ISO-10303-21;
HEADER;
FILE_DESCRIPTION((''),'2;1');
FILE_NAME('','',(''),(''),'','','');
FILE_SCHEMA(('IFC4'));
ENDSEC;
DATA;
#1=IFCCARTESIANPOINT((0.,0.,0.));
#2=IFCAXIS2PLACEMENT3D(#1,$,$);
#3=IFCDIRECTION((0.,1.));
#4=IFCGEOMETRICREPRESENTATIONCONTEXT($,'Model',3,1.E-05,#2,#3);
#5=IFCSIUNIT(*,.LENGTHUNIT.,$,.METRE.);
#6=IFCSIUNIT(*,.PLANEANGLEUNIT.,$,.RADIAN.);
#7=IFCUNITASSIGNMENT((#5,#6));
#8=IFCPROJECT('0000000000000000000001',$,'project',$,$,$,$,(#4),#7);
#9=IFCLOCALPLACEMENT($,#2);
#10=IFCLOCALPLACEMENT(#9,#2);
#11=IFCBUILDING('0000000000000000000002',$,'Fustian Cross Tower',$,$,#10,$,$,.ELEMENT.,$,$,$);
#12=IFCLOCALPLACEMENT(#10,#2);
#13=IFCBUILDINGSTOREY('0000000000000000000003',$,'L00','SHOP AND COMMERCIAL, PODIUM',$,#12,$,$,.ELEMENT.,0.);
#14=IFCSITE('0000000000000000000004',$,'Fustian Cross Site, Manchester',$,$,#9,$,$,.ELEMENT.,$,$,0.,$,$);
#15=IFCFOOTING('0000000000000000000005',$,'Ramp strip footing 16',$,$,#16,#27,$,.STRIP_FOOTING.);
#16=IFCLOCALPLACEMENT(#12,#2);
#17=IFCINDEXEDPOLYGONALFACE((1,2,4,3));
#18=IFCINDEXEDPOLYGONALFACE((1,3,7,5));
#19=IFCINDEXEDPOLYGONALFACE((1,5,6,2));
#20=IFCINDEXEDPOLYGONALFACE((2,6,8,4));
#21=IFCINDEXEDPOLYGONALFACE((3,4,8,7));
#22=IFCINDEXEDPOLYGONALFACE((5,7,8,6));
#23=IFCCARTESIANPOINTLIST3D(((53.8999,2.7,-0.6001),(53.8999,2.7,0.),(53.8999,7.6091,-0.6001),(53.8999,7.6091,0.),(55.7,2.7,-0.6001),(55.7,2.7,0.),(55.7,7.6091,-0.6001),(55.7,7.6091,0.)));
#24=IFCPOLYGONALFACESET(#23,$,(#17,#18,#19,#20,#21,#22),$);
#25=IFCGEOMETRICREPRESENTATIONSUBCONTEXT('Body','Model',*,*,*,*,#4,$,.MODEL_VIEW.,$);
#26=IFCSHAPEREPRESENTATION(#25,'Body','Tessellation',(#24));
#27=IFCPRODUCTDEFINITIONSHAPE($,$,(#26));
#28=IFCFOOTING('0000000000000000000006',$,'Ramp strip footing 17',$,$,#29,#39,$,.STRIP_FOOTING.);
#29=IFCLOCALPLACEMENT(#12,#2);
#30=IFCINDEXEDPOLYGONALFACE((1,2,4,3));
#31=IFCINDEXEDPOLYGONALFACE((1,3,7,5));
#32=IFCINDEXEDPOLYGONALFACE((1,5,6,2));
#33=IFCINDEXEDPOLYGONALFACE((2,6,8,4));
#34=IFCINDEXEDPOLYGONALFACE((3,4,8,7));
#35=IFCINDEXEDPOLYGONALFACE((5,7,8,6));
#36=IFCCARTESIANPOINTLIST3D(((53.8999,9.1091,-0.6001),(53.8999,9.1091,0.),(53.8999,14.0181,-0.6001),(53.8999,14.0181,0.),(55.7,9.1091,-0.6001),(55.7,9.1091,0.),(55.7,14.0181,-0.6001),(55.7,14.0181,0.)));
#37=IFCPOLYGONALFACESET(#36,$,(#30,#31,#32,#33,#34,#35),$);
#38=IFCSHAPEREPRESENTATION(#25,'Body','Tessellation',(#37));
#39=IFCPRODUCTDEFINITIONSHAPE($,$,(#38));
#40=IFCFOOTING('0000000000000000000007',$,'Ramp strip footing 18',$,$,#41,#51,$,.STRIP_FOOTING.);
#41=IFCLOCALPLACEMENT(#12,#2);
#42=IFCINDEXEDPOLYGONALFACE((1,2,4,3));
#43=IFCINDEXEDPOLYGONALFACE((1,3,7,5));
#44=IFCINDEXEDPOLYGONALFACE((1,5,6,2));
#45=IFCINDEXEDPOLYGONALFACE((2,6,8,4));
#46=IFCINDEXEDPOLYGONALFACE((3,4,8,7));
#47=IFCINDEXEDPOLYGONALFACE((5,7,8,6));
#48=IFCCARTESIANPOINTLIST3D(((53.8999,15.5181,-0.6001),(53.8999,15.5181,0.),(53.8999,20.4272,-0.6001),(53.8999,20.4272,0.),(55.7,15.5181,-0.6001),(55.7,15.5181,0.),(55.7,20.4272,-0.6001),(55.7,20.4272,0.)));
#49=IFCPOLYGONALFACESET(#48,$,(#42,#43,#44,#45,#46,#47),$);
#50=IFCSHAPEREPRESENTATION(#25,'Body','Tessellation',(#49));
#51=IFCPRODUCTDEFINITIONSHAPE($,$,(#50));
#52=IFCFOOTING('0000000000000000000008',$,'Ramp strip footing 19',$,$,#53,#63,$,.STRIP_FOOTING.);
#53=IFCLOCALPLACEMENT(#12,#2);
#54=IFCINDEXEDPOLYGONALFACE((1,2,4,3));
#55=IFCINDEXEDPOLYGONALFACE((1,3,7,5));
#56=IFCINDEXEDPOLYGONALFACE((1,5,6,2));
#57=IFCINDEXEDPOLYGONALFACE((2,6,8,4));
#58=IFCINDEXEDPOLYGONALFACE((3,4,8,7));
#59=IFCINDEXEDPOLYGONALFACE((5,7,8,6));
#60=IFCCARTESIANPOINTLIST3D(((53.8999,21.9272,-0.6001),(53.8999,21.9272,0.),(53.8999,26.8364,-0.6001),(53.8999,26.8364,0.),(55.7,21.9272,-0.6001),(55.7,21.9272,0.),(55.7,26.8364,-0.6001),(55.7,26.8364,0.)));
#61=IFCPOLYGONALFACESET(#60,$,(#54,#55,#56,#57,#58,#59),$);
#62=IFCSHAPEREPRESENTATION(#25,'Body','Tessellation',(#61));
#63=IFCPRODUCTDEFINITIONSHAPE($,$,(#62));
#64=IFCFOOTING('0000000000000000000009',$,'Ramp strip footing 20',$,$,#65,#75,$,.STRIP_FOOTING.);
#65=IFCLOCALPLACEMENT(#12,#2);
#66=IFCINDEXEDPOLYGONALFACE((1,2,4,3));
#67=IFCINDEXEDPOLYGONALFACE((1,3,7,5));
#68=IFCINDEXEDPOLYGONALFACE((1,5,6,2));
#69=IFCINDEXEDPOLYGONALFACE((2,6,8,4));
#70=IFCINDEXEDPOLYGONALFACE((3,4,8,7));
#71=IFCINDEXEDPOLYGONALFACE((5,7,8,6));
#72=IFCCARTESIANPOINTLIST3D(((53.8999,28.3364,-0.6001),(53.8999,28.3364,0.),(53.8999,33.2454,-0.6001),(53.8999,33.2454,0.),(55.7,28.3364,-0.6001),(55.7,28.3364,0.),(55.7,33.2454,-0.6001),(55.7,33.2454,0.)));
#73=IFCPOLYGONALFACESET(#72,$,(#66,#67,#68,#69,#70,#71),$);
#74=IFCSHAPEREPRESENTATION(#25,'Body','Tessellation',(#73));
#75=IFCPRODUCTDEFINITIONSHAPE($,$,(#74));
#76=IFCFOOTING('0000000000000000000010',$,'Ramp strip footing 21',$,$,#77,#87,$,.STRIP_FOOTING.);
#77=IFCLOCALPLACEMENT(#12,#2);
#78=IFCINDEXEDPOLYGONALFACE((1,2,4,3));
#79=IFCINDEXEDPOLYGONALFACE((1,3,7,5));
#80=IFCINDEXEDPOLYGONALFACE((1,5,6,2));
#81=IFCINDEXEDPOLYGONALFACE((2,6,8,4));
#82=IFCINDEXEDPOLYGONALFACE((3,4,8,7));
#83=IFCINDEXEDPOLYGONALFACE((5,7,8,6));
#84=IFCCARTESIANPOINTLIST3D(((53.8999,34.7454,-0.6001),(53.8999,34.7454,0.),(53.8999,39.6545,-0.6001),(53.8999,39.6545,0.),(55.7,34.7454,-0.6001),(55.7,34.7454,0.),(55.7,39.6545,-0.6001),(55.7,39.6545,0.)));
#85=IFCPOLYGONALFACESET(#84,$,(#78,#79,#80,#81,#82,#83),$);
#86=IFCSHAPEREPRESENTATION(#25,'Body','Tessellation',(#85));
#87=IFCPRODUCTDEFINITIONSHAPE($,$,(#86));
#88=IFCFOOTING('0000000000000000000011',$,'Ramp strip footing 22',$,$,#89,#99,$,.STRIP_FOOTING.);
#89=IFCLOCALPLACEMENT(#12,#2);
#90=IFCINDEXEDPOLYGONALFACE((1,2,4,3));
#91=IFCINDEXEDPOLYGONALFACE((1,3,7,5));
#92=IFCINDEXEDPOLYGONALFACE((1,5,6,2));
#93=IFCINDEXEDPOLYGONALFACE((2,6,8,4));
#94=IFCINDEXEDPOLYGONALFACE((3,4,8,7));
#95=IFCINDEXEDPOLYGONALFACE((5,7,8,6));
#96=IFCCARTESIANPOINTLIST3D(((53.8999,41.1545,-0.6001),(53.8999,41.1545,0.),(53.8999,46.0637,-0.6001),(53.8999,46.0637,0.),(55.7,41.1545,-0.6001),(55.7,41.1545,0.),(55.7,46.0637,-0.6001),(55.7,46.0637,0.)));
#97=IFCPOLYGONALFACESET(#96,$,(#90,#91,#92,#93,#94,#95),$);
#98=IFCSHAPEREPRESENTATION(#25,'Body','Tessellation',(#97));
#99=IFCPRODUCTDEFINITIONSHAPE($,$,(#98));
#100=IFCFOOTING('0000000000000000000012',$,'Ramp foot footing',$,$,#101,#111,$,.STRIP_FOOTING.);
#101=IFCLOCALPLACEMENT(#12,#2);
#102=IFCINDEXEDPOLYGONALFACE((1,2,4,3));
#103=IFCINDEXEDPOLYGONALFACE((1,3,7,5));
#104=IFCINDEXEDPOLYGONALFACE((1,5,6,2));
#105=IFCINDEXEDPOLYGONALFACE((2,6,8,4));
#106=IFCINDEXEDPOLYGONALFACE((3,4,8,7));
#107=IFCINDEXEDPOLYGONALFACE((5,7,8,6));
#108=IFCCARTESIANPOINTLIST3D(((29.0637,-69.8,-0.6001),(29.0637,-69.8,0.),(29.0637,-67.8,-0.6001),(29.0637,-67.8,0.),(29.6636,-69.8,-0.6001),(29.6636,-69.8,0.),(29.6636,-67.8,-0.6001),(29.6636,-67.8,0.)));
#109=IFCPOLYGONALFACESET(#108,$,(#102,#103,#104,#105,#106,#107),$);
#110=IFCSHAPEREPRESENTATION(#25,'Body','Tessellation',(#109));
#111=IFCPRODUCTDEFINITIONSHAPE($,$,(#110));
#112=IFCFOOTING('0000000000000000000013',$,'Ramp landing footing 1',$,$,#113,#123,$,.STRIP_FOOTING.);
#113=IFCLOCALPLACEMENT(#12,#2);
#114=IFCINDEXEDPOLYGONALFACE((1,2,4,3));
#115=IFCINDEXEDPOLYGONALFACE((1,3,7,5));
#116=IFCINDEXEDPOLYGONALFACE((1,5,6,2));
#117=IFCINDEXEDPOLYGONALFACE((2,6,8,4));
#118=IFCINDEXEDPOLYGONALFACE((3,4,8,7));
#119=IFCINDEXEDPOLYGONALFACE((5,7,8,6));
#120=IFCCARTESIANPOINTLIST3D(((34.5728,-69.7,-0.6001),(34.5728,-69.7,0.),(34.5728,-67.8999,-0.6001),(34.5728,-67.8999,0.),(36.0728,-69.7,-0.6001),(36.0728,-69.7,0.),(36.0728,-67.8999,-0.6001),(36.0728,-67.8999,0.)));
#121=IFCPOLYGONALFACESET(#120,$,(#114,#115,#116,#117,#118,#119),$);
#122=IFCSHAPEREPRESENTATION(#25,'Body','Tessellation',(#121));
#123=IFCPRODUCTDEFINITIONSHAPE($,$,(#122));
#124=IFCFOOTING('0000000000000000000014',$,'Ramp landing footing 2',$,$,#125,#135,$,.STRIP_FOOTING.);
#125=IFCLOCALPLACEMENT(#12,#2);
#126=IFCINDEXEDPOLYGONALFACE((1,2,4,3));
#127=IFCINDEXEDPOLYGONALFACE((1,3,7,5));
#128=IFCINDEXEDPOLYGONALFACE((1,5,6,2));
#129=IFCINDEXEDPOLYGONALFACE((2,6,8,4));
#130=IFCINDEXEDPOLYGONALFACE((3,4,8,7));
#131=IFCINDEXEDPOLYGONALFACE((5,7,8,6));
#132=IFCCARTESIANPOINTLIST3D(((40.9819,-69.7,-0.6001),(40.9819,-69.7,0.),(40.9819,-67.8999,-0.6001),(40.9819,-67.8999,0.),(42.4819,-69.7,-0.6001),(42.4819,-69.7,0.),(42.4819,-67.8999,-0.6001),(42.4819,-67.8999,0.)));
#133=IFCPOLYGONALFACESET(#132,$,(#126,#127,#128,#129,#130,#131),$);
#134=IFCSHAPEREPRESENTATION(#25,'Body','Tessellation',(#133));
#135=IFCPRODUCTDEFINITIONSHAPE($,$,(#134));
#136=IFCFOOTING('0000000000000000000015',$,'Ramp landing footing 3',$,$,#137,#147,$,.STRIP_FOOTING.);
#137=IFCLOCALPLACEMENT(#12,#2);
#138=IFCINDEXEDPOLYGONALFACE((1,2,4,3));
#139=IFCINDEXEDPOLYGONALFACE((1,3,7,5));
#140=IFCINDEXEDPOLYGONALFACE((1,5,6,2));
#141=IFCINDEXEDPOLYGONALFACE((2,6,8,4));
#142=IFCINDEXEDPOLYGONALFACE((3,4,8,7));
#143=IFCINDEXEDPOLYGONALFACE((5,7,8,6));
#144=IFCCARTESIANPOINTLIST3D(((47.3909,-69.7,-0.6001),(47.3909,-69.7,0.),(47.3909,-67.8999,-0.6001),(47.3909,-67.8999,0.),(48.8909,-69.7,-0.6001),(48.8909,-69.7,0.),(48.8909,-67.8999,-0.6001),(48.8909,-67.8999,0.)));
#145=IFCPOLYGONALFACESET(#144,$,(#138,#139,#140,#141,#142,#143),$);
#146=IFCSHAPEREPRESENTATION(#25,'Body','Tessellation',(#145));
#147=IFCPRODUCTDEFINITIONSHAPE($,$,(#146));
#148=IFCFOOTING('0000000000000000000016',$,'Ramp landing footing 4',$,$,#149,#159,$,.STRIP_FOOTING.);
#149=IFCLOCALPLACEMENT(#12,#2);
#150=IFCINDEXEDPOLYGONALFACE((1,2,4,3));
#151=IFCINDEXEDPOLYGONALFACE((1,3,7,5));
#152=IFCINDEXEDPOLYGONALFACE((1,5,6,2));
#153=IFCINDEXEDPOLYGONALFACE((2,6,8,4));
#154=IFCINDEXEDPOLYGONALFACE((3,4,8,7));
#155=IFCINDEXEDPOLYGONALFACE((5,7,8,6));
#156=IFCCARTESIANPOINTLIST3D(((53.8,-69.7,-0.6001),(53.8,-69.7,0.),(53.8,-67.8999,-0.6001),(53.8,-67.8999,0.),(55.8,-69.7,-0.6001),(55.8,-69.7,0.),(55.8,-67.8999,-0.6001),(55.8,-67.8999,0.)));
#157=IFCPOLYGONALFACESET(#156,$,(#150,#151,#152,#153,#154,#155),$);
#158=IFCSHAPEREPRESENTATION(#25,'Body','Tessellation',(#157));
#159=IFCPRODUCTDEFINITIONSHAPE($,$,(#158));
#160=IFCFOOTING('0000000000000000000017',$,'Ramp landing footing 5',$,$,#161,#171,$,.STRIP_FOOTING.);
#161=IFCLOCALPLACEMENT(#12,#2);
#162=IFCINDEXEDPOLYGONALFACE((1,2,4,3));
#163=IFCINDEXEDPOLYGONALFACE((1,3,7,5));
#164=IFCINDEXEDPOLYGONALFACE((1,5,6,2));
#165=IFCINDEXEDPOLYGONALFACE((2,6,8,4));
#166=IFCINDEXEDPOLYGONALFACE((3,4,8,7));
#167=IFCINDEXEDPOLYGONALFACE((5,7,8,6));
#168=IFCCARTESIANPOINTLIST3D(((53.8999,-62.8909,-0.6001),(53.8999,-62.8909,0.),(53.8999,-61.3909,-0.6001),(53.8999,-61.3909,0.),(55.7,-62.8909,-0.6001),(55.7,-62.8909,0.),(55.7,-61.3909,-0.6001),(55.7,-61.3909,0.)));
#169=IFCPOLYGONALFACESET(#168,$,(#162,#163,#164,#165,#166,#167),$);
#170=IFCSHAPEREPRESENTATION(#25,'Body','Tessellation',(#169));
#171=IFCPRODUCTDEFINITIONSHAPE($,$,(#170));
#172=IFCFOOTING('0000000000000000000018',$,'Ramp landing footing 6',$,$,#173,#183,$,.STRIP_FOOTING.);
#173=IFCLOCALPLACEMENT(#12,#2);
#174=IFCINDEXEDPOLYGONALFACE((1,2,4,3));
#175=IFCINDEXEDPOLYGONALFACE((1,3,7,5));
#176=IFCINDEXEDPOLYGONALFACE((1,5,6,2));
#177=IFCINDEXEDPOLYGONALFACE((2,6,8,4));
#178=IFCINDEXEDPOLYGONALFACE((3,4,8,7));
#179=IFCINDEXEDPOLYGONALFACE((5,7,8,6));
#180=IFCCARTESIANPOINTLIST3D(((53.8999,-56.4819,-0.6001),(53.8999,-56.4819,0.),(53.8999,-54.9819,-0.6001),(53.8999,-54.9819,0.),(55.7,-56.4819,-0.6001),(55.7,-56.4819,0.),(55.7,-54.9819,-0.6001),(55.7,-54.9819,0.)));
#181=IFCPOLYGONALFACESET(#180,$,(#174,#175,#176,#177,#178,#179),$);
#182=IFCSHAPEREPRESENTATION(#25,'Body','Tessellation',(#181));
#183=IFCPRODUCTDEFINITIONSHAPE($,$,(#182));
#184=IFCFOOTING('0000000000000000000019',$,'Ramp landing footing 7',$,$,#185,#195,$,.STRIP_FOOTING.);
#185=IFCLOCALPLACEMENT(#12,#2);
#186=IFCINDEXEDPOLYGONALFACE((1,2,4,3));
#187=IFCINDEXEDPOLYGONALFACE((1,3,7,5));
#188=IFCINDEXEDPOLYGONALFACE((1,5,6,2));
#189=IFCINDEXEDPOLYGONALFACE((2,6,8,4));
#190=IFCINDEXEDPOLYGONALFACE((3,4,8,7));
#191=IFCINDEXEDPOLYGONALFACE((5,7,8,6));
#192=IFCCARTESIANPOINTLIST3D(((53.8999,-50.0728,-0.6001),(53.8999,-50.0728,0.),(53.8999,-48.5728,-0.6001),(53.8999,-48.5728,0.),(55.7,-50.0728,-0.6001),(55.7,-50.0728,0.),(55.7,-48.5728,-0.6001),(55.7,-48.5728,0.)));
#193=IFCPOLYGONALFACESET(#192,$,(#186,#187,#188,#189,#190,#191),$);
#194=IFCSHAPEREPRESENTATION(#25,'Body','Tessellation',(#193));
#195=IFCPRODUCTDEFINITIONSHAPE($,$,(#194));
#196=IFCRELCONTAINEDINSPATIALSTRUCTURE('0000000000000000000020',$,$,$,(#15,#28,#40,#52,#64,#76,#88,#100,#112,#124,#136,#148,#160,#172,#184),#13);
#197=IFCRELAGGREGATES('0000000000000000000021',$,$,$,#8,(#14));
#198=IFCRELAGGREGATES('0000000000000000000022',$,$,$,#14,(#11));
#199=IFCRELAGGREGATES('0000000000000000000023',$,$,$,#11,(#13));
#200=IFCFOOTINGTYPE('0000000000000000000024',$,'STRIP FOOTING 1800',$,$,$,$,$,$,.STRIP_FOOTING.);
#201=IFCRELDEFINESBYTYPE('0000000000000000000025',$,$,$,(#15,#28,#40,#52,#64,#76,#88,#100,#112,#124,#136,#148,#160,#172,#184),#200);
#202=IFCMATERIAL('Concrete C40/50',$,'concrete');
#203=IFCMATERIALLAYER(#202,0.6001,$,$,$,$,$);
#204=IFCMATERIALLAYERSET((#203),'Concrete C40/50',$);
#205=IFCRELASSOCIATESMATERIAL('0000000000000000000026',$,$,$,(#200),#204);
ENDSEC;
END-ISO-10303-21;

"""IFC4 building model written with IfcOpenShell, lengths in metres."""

from ifc_helpers import new_model, si_unit, direction, frame, origin, place, context, subcontext, project, spatial, polyline, outline, extrude, material, layer, layer_set, type_object, element, save


model = new_model("IFC4")

# Units and contexts
model_context = context("Model", 3, precision=1e-05, world=origin(), true_north=direction((0.0, 1.0)))
body_context = subcontext(model_context, "Body", "Model", "MODEL_VIEW")
ifc_project = project(units=[si_unit("LENGTHUNIT", "METRE"), si_unit("PLANEANGLEUNIT", "RADIAN")], contexts=[model_context])

# Site, building, storey
site_placement = place(None, origin())
site = spatial("IfcSite", under=ifc_project, at=site_placement, Name="Fustian Cross Site, Manchester", CompositionType="ELEMENT", RefElevation=0.0)
building_placement = place(site_placement, origin())
building = spatial("IfcBuilding", under=site, at=building_placement, Name="Fustian Cross Tower", CompositionType="ELEMENT")
storey_placement = place(building_placement, origin())
storey = spatial("IfcBuildingStorey", under=building, at=storey_placement, Name="L00", Description="SHOP AND COMMERCIAL, PODIUM", CompositionType="ELEMENT", Elevation=0.0)

# Footings
ifc_material_1 = material(Name="Concrete C40/50", Category="concrete")
ifc_layer_1 = layer(ifc_material_1, 0.6001)
ifc_layer_set_1 = layer_set([ifc_layer_1], Name="Concrete C40/50")
footing_type_1 = type_object("IfcFootingType", Name="STRIP FOOTING 1800", PredefinedType="STRIP_FOOTING", material=ifc_layer_set_1)
footing_1_placement = place(storey_placement, frame((0.0, 0.0, -0.6001)))
element("IfcFooting", 1, at=footing_1_placement, inside=storey, type_object=footing_type_1, Name="Ramp strip footing 16", PredefinedType="STRIP_FOOTING", context=body_context, shape_type="SweptSolid", body=[
    extrude(outline(polyline([(53.8999, 2.7), (55.7, 2.7), (55.7, 7.6091), (53.8999, 7.6091), (53.8999, 2.7)])), origin(), (0.0, 0.0, 1.0), 0.6001),
])
footing_2_placement = place(storey_placement, frame((0.0, 0.0, -0.6001)))
element("IfcFooting", 2, at=footing_2_placement, inside=storey, type_object=footing_type_1, Name="Ramp strip footing 17", PredefinedType="STRIP_FOOTING", context=body_context, shape_type="SweptSolid", body=[
    extrude(outline(polyline([(53.8999, 9.1091), (55.7, 9.1091), (55.7, 14.0181), (53.8999, 14.0181), (53.8999, 9.1091)])), origin(), (0.0, 0.0, 1.0), 0.6001),
])
footing_3_placement = place(storey_placement, frame((0.0, 0.0, -0.6001)))
element("IfcFooting", 3, at=footing_3_placement, inside=storey, type_object=footing_type_1, Name="Ramp strip footing 18", PredefinedType="STRIP_FOOTING", context=body_context, shape_type="SweptSolid", body=[
    extrude(outline(polyline([(53.8999, 15.5181), (55.7, 15.5181), (55.7, 20.4272), (53.8999, 20.4272), (53.8999, 15.5181)])), origin(), (0.0, 0.0, 1.0), 0.6001),
])
footing_4_placement = place(storey_placement, frame((0.0, 0.0, -0.6001)))
element("IfcFooting", 4, at=footing_4_placement, inside=storey, type_object=footing_type_1, Name="Ramp strip footing 19", PredefinedType="STRIP_FOOTING", context=body_context, shape_type="SweptSolid", body=[
    extrude(outline(polyline([(53.8999, 21.9272), (55.7, 21.9272), (55.7, 26.8364), (53.8999, 26.8364), (53.8999, 21.9272)])), origin(), (0.0, 0.0, 1.0), 0.6001),
])
footing_5_placement = place(storey_placement, frame((0.0, 0.0, -0.6001)))
element("IfcFooting", 5, at=footing_5_placement, inside=storey, type_object=footing_type_1, Name="Ramp strip footing 20", PredefinedType="STRIP_FOOTING", context=body_context, shape_type="SweptSolid", body=[
    extrude(outline(polyline([(53.8999, 28.3364), (55.7, 28.3364), (55.7, 33.2454), (53.8999, 33.2454), (53.8999, 28.3364)])), origin(), (0.0, 0.0, 1.0), 0.6001),
])
footing_6_placement = place(storey_placement, frame((0.0, 0.0, -0.6001)))
element("IfcFooting", 6, at=footing_6_placement, inside=storey, type_object=footing_type_1, Name="Ramp strip footing 21", PredefinedType="STRIP_FOOTING", context=body_context, shape_type="SweptSolid", body=[
    extrude(outline(polyline([(53.8999, 34.7454), (55.7, 34.7454), (55.7, 39.6545), (53.8999, 39.6545), (53.8999, 34.7454)])), origin(), (0.0, 0.0, 1.0), 0.6001),
])
footing_7_placement = place(storey_placement, frame((0.0, 0.0, -0.6001)))
element("IfcFooting", 7, at=footing_7_placement, inside=storey, type_object=footing_type_1, Name="Ramp strip footing 22", PredefinedType="STRIP_FOOTING", context=body_context, shape_type="SweptSolid", body=[
    extrude(outline(polyline([(53.8999, 41.1545), (55.7, 41.1545), (55.7, 46.0637), (53.8999, 46.0637), (53.8999, 41.1545)])), origin(), (0.0, 0.0, 1.0), 0.6001),
])
footing_8_placement = place(storey_placement, frame((0.0, 0.0, -0.6001)))
element("IfcFooting", 8, at=footing_8_placement, inside=storey, type_object=footing_type_1, Name="Ramp foot footing", PredefinedType="STRIP_FOOTING", context=body_context, shape_type="SweptSolid", body=[
    extrude(outline(polyline([(29.0637, -69.8), (29.6636, -69.8), (29.6636, -67.8), (29.0637, -67.8), (29.0637, -69.8)])), origin(), (0.0, 0.0, 1.0), 0.6001),
])
footing_9_placement = place(storey_placement, frame((0.0, 0.0, -0.6001)))
element("IfcFooting", 9, at=footing_9_placement, inside=storey, type_object=footing_type_1, Name="Ramp landing footing 1", PredefinedType="STRIP_FOOTING", context=body_context, shape_type="SweptSolid", body=[
    extrude(outline(polyline([(34.5728, -69.7), (36.0728, -69.7), (36.0728, -67.8999), (34.5728, -67.8999), (34.5728, -69.7)])), origin(), (0.0, 0.0, 1.0), 0.6001),
])
footing_10_placement = place(storey_placement, frame((0.0, 0.0, -0.6001)))
element("IfcFooting", 10, at=footing_10_placement, inside=storey, type_object=footing_type_1, Name="Ramp landing footing 2", PredefinedType="STRIP_FOOTING", context=body_context, shape_type="SweptSolid", body=[
    extrude(outline(polyline([(40.9819, -69.7), (42.4819, -69.7), (42.4819, -67.8999), (40.9819, -67.8999), (40.9819, -69.7)])), origin(), (0.0, 0.0, 1.0), 0.6001),
])
footing_11_placement = place(storey_placement, frame((0.0, 0.0, -0.6001)))
element("IfcFooting", 11, at=footing_11_placement, inside=storey, type_object=footing_type_1, Name="Ramp landing footing 3", PredefinedType="STRIP_FOOTING", context=body_context, shape_type="SweptSolid", body=[
    extrude(outline(polyline([(47.3909, -69.7), (48.8909, -69.7), (48.8909, -67.8999), (47.3909, -67.8999), (47.3909, -69.7)])), origin(), (0.0, 0.0, 1.0), 0.6001),
])
footing_12_placement = place(storey_placement, frame((0.0, 0.0, -0.6001)))
element("IfcFooting", 12, at=footing_12_placement, inside=storey, type_object=footing_type_1, Name="Ramp landing footing 4", PredefinedType="STRIP_FOOTING", context=body_context, shape_type="SweptSolid", body=[
    extrude(outline(polyline([(53.8, -69.7), (55.8, -69.7), (55.8, -67.8999), (53.8, -67.8999), (53.8, -69.7)])), origin(), (0.0, 0.0, 1.0), 0.6001),
])
footing_13_placement = place(storey_placement, frame((0.0, 0.0, -0.6001)))
element("IfcFooting", 13, at=footing_13_placement, inside=storey, type_object=footing_type_1, Name="Ramp landing footing 5", PredefinedType="STRIP_FOOTING", context=body_context, shape_type="SweptSolid", body=[
    extrude(outline(polyline([(53.8999, -62.8909), (55.7, -62.8909), (55.7, -61.3909), (53.8999, -61.3909), (53.8999, -62.8909)])), origin(), (0.0, 0.0, 1.0), 0.6001),
])
footing_14_placement = place(storey_placement, frame((0.0, 0.0, -0.6001)))
element("IfcFooting", 14, at=footing_14_placement, inside=storey, type_object=footing_type_1, Name="Ramp landing footing 6", PredefinedType="STRIP_FOOTING", context=body_context, shape_type="SweptSolid", body=[
    extrude(outline(polyline([(53.8999, -56.4819), (55.7, -56.4819), (55.7, -54.9819), (53.8999, -54.9819), (53.8999, -56.4819)])), origin(), (0.0, 0.0, 1.0), 0.6001),
])
footing_15_placement = place(storey_placement, frame((0.0, 0.0, -0.6001)))
element("IfcFooting", 15, at=footing_15_placement, inside=storey, type_object=footing_type_1, Name="Ramp landing footing 7", PredefinedType="STRIP_FOOTING", context=body_context, shape_type="SweptSolid", body=[
    extrude(outline(polyline([(53.8999, -50.0728), (55.7, -50.0728), (55.7, -48.5728), (53.8999, -48.5728), (53.8999, -50.0728)])), origin(), (0.0, 0.0, 1.0), 0.6001),
])

save(model, "model.ifc")
